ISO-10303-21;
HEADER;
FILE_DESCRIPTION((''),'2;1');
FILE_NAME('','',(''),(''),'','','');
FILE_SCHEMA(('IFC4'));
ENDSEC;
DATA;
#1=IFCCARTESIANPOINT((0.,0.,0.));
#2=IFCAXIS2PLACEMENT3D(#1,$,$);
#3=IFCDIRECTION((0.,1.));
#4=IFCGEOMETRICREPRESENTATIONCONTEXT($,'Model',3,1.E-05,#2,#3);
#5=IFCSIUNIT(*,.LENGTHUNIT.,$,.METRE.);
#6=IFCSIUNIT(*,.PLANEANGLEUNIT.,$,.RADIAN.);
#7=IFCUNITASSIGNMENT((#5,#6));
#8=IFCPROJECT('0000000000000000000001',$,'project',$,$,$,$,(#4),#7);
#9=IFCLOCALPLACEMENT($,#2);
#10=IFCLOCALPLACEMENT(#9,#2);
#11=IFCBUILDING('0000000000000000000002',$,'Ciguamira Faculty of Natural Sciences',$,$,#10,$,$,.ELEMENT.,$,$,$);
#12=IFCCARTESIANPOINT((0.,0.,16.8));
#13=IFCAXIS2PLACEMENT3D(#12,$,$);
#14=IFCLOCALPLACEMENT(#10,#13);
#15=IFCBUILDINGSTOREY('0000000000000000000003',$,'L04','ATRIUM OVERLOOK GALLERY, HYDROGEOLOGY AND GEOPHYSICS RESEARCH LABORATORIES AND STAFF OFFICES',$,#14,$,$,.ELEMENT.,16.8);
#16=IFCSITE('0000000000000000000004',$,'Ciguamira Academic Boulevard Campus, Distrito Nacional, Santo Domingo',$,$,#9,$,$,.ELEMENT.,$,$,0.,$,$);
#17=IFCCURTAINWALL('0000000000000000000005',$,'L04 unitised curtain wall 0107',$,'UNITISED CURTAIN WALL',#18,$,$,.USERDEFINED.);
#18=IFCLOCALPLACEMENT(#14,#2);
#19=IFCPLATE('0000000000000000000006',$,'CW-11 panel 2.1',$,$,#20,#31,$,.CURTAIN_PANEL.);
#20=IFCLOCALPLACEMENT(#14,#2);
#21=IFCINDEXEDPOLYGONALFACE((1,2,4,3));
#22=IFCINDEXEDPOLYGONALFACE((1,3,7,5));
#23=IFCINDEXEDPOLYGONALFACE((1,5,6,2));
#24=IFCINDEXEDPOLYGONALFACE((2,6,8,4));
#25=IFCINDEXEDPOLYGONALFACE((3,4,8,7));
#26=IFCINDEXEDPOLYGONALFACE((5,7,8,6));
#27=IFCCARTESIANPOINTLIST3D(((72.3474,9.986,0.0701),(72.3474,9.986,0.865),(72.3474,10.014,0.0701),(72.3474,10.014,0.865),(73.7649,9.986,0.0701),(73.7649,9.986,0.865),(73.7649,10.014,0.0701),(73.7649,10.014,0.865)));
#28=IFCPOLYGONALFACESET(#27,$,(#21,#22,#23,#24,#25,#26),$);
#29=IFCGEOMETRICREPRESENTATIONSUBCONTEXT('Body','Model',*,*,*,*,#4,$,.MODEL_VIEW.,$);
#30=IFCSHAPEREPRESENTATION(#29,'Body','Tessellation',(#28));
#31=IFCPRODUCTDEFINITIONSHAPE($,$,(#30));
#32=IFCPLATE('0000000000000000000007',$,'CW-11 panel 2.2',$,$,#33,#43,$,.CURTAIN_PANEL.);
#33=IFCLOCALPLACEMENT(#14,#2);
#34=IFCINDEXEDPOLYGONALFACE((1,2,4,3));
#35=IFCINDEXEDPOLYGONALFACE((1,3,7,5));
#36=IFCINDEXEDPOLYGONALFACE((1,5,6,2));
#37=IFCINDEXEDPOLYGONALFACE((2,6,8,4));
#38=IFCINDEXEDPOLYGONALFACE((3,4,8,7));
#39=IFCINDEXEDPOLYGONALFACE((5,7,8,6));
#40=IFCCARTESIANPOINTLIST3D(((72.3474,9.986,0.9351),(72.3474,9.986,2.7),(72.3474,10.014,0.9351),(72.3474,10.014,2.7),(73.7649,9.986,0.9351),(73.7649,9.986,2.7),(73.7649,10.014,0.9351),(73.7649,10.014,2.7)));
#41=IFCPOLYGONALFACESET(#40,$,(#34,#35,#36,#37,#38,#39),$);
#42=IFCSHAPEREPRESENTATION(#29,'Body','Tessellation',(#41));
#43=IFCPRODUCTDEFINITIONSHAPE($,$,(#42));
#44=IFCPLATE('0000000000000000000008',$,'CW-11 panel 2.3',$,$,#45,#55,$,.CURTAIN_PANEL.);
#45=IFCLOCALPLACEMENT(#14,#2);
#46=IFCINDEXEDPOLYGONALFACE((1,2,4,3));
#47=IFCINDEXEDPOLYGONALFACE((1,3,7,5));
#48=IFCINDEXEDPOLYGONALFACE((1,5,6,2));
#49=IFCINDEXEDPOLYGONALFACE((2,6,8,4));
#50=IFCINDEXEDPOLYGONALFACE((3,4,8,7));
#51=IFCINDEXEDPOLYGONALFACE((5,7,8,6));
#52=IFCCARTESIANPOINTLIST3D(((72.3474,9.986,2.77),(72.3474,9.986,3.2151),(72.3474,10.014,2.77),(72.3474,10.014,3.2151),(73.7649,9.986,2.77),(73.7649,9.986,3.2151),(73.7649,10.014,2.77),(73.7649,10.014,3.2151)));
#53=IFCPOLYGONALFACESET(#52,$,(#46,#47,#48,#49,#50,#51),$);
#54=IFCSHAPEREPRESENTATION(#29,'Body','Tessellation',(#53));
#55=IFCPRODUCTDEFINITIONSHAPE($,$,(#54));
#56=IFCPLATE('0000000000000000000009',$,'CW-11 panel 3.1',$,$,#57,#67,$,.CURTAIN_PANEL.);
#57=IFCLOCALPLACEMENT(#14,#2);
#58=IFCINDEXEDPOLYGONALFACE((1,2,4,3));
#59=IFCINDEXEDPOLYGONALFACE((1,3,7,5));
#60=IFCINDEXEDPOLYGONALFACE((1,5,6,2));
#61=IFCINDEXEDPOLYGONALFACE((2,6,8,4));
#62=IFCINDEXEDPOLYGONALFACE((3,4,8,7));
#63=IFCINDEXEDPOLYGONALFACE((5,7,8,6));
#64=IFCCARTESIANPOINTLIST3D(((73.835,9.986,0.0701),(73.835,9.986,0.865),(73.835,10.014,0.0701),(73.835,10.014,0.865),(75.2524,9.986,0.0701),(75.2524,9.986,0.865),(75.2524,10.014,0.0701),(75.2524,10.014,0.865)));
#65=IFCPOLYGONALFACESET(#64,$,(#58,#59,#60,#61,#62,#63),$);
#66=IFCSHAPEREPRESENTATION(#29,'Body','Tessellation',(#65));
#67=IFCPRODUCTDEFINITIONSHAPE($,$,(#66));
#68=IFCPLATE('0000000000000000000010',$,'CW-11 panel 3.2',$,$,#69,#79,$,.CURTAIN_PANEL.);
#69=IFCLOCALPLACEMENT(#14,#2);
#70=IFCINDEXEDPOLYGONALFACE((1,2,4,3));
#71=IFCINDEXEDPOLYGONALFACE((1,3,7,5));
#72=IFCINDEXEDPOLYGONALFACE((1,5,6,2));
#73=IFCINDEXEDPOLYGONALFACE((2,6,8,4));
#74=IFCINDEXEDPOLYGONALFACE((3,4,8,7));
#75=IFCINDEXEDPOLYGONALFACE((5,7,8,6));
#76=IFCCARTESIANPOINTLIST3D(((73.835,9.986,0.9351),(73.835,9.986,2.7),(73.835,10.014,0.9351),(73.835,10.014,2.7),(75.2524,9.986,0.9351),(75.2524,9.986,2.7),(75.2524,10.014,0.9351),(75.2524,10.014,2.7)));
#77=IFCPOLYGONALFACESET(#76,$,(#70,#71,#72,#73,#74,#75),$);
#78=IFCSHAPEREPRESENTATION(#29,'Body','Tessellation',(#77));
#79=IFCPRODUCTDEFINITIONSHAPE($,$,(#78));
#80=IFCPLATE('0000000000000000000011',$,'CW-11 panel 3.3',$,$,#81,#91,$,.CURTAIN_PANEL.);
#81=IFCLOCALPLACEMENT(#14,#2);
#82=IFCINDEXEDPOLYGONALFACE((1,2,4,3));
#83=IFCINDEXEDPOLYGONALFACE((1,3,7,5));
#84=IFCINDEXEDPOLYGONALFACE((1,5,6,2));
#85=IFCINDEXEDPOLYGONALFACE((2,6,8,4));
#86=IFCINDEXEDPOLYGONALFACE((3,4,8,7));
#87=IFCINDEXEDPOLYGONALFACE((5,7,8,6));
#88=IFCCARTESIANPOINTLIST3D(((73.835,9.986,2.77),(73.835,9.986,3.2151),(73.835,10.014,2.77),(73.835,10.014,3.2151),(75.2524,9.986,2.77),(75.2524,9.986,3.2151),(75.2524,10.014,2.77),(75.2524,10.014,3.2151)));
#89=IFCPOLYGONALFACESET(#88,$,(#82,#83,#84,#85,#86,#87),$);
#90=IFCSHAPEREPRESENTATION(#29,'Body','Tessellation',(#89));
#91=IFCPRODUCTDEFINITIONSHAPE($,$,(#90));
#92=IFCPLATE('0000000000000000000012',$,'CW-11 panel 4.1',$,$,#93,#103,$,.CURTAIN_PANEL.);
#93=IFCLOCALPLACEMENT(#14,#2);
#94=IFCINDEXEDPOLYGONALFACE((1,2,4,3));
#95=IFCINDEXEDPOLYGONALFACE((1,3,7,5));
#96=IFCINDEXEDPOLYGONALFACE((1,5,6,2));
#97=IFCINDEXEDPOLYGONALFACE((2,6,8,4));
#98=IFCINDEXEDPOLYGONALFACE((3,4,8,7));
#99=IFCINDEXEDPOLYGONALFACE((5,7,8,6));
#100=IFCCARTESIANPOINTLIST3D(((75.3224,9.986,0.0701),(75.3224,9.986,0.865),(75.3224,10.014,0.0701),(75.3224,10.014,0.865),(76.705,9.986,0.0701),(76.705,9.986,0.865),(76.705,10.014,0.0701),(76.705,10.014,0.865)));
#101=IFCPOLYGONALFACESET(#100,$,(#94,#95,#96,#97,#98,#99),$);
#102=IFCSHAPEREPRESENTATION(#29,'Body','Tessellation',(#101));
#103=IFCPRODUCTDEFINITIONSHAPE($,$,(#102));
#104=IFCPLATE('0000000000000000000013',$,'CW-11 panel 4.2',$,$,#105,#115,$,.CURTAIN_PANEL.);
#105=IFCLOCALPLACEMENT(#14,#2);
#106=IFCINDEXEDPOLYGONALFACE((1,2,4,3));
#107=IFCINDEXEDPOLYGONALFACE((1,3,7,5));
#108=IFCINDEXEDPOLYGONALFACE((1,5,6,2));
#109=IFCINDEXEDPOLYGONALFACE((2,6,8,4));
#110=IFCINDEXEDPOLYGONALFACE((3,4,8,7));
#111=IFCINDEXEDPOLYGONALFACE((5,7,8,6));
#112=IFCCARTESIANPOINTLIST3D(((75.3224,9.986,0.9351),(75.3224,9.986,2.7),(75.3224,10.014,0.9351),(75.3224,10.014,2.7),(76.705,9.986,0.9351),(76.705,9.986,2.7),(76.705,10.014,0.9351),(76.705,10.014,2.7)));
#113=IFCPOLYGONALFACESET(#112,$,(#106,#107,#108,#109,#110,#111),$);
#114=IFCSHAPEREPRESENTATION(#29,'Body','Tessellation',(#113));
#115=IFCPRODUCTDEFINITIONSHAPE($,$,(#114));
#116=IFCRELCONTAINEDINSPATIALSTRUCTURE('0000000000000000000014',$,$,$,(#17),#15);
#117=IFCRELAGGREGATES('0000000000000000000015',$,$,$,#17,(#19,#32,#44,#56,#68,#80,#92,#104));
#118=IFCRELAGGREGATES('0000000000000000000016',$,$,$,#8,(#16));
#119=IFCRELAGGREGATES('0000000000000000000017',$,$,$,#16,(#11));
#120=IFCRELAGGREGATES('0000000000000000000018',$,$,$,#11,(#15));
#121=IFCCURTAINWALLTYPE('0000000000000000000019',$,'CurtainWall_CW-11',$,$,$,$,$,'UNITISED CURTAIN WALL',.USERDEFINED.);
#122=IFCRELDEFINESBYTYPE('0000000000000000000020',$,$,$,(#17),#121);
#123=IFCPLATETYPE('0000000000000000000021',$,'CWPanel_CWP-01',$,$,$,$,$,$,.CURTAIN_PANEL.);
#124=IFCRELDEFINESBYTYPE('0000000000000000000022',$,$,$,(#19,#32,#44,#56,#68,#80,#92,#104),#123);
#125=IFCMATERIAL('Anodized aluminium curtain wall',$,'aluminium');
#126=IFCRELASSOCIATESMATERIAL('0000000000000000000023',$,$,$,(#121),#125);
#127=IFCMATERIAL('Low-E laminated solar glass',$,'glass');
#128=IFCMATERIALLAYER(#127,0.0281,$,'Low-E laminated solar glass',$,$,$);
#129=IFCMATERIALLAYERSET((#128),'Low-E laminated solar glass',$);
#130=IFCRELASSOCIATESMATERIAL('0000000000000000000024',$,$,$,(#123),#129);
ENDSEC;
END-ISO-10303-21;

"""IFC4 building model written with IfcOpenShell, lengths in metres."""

from ifc_helpers import new_model, si_unit, direction, frame, origin, origin_2d, place, context, subcontext, project, spatial, rectangle, extrude, material, layer, layer_set, type_object, element, aggregate, save


model = new_model("IFC4")

# Units and contexts
model_context = context("Model", 3, precision=1e-05, world=origin(), true_north=direction((0.0, 1.0)))
body_context = subcontext(model_context, "Body", "Model", "MODEL_VIEW")
ifc_project = project(units=[si_unit("LENGTHUNIT", "METRE"), si_unit("PLANEANGLEUNIT", "RADIAN")], contexts=[model_context])

# Site, building, storey
site_placement = place(None, origin())
site = spatial("IfcSite", under=ifc_project, at=site_placement, Name="Ciguamira Academic Boulevard Campus, Distrito Nacional, Santo Domingo", CompositionType="ELEMENT", RefElevation=0.0)
building_placement = place(site_placement, origin())
building = spatial("IfcBuilding", under=site, at=building_placement, Name="Ciguamira Faculty of Natural Sciences", CompositionType="ELEMENT")
storey_placement = place(building_placement, frame((0.0, 0.0, 16.8)))
storey = spatial("IfcBuildingStorey", under=building, at=storey_placement, Name="L04", Description="ATRIUM OVERLOOK GALLERY, HYDROGEOLOGY AND GEOPHYSICS RESEARCH LABORATORIES AND STAFF OFFICES", CompositionType="ELEMENT", Elevation=16.8)

# Curtain wall, plates
ifc_material_1 = material(Name="Anodized aluminium curtain wall", Category="aluminium")
curtain_wall_type = type_object("IfcCurtainWallType", Name="CurtainWall_CW-11", ElementType="UNITISED CURTAIN WALL", PredefinedType="USERDEFINED", material=ifc_material_1)
curtain_wall_placement = place(storey_placement, origin())
curtain_wall = element("IfcCurtainWall", 1, at=curtain_wall_placement, inside=storey, type_object=curtain_wall_type, Name="L04 unitised curtain wall 0107", ObjectType="UNITISED CURTAIN WALL", PredefinedType="USERDEFINED")
ifc_material_2 = material(Name="Low-E laminated solar glass", Category="glass")
ifc_layer = layer(ifc_material_2, 0.0281, Name="Low-E laminated solar glass")
ifc_layer_set = layer_set([ifc_layer], Name="Low-E laminated solar glass")
plate_type = type_object("IfcPlateType", Name="CWPanel_CWP-01", PredefinedType="CURTAIN_PANEL", material=ifc_layer_set)
plate_1_placement = place(storey_placement, frame((73.0562, 10.0, 0.0701), z_axis=(0.0, 0.0, 1.0), x_axis=(1.0, 0.0, 0.0)))
plate_1 = element("IfcPlate", 2, at=plate_1_placement, type_object=plate_type, Name="CW-11 panel 2.1", PredefinedType="CURTAIN_PANEL", context=body_context, shape_type="SweptSolid", body=[
    extrude(rectangle(XDim=1.4175, YDim=0.0281, at=origin_2d()), origin(), (0.0, 0.0, 1.0), 0.7949),
])
plate_2_placement = place(storey_placement, frame((73.0562, 10.0, 0.9351), z_axis=(0.0, 0.0, 1.0), x_axis=(1.0, 0.0, 0.0)))
plate_2 = element("IfcPlate", 3, at=plate_2_placement, type_object=plate_type, Name="CW-11 panel 2.2", PredefinedType="CURTAIN_PANEL", context=body_context, shape_type="SweptSolid", body=[
    extrude(rectangle(XDim=1.4175, YDim=0.0281, at=origin_2d()), origin(), (0.0, 0.0, 1.0), 1.7649),
])
plate_3_placement = place(storey_placement, frame((73.0562, 10.0, 2.77), z_axis=(0.0, 0.0, 1.0), x_axis=(1.0, 0.0, 0.0)))
plate_3 = element("IfcPlate", 4, at=plate_3_placement, type_object=plate_type, Name="CW-11 panel 2.3", PredefinedType="CURTAIN_PANEL", context=body_context, shape_type="SweptSolid", body=[
    extrude(rectangle(XDim=1.4175, YDim=0.0281, at=origin_2d()), origin(), (0.0, 0.0, 1.0), 0.4451),
])
plate_4_placement = place(storey_placement, frame((74.5437, 10.0, 0.0701), z_axis=(0.0, 0.0, 1.0), x_axis=(1.0, 0.0, 0.0)))
plate_4 = element("IfcPlate", 5, at=plate_4_placement, type_object=plate_type, Name="CW-11 panel 3.1", PredefinedType="CURTAIN_PANEL", context=body_context, shape_type="SweptSolid", body=[
    extrude(rectangle(XDim=1.4175, YDim=0.0281, at=origin_2d()), origin(), (0.0, 0.0, 1.0), 0.7949),
])
plate_5_placement = place(storey_placement, frame((74.5437, 10.0, 0.9351), z_axis=(0.0, 0.0, 1.0), x_axis=(1.0, 0.0, 0.0)))
plate_5 = element("IfcPlate", 6, at=plate_5_placement, type_object=plate_type, Name="CW-11 panel 3.2", PredefinedType="CURTAIN_PANEL", context=body_context, shape_type="SweptSolid", body=[
    extrude(rectangle(XDim=1.4175, YDim=0.0281, at=origin_2d()), origin(), (0.0, 0.0, 1.0), 1.7649),
])
plate_6_placement = place(storey_placement, frame((74.5437, 10.0, 2.77), z_axis=(0.0, 0.0, 1.0), x_axis=(1.0, 0.0, 0.0)))
plate_6 = element("IfcPlate", 7, at=plate_6_placement, type_object=plate_type, Name="CW-11 panel 3.3", PredefinedType="CURTAIN_PANEL", context=body_context, shape_type="SweptSolid", body=[
    extrude(rectangle(XDim=1.4175, YDim=0.0281, at=origin_2d()), origin(), (0.0, 0.0, 1.0), 0.4451),
])
plate_7_placement = place(storey_placement, frame((76.0137, 10.0, 0.0701), z_axis=(0.0, 0.0, 1.0), x_axis=(1.0, 0.0, 0.0)))
plate_7 = element("IfcPlate", 8, at=plate_7_placement, type_object=plate_type, Name="CW-11 panel 4.1", PredefinedType="CURTAIN_PANEL", context=body_context, shape_type="SweptSolid", body=[
    extrude(rectangle(XDim=1.3826, YDim=0.0281, at=origin_2d()), origin(), (0.0, 0.0, 1.0), 0.7949),
])
plate_8_placement = place(storey_placement, frame((76.0137, 10.0, 0.9351), z_axis=(0.0, 0.0, 1.0), x_axis=(1.0, 0.0, 0.0)))
plate_8 = element("IfcPlate", 9, at=plate_8_placement, type_object=plate_type, Name="CW-11 panel 4.2", PredefinedType="CURTAIN_PANEL", context=body_context, shape_type="SweptSolid", body=[
    extrude(rectangle(XDim=1.3826, YDim=0.0281, at=origin_2d()), origin(), (0.0, 0.0, 1.0), 1.7649),
])
aggregate(curtain_wall, [plate_1, plate_2, plate_3, plate_4, plate_5, plate_6, plate_7, plate_8])

save(model, "model.ifc")
